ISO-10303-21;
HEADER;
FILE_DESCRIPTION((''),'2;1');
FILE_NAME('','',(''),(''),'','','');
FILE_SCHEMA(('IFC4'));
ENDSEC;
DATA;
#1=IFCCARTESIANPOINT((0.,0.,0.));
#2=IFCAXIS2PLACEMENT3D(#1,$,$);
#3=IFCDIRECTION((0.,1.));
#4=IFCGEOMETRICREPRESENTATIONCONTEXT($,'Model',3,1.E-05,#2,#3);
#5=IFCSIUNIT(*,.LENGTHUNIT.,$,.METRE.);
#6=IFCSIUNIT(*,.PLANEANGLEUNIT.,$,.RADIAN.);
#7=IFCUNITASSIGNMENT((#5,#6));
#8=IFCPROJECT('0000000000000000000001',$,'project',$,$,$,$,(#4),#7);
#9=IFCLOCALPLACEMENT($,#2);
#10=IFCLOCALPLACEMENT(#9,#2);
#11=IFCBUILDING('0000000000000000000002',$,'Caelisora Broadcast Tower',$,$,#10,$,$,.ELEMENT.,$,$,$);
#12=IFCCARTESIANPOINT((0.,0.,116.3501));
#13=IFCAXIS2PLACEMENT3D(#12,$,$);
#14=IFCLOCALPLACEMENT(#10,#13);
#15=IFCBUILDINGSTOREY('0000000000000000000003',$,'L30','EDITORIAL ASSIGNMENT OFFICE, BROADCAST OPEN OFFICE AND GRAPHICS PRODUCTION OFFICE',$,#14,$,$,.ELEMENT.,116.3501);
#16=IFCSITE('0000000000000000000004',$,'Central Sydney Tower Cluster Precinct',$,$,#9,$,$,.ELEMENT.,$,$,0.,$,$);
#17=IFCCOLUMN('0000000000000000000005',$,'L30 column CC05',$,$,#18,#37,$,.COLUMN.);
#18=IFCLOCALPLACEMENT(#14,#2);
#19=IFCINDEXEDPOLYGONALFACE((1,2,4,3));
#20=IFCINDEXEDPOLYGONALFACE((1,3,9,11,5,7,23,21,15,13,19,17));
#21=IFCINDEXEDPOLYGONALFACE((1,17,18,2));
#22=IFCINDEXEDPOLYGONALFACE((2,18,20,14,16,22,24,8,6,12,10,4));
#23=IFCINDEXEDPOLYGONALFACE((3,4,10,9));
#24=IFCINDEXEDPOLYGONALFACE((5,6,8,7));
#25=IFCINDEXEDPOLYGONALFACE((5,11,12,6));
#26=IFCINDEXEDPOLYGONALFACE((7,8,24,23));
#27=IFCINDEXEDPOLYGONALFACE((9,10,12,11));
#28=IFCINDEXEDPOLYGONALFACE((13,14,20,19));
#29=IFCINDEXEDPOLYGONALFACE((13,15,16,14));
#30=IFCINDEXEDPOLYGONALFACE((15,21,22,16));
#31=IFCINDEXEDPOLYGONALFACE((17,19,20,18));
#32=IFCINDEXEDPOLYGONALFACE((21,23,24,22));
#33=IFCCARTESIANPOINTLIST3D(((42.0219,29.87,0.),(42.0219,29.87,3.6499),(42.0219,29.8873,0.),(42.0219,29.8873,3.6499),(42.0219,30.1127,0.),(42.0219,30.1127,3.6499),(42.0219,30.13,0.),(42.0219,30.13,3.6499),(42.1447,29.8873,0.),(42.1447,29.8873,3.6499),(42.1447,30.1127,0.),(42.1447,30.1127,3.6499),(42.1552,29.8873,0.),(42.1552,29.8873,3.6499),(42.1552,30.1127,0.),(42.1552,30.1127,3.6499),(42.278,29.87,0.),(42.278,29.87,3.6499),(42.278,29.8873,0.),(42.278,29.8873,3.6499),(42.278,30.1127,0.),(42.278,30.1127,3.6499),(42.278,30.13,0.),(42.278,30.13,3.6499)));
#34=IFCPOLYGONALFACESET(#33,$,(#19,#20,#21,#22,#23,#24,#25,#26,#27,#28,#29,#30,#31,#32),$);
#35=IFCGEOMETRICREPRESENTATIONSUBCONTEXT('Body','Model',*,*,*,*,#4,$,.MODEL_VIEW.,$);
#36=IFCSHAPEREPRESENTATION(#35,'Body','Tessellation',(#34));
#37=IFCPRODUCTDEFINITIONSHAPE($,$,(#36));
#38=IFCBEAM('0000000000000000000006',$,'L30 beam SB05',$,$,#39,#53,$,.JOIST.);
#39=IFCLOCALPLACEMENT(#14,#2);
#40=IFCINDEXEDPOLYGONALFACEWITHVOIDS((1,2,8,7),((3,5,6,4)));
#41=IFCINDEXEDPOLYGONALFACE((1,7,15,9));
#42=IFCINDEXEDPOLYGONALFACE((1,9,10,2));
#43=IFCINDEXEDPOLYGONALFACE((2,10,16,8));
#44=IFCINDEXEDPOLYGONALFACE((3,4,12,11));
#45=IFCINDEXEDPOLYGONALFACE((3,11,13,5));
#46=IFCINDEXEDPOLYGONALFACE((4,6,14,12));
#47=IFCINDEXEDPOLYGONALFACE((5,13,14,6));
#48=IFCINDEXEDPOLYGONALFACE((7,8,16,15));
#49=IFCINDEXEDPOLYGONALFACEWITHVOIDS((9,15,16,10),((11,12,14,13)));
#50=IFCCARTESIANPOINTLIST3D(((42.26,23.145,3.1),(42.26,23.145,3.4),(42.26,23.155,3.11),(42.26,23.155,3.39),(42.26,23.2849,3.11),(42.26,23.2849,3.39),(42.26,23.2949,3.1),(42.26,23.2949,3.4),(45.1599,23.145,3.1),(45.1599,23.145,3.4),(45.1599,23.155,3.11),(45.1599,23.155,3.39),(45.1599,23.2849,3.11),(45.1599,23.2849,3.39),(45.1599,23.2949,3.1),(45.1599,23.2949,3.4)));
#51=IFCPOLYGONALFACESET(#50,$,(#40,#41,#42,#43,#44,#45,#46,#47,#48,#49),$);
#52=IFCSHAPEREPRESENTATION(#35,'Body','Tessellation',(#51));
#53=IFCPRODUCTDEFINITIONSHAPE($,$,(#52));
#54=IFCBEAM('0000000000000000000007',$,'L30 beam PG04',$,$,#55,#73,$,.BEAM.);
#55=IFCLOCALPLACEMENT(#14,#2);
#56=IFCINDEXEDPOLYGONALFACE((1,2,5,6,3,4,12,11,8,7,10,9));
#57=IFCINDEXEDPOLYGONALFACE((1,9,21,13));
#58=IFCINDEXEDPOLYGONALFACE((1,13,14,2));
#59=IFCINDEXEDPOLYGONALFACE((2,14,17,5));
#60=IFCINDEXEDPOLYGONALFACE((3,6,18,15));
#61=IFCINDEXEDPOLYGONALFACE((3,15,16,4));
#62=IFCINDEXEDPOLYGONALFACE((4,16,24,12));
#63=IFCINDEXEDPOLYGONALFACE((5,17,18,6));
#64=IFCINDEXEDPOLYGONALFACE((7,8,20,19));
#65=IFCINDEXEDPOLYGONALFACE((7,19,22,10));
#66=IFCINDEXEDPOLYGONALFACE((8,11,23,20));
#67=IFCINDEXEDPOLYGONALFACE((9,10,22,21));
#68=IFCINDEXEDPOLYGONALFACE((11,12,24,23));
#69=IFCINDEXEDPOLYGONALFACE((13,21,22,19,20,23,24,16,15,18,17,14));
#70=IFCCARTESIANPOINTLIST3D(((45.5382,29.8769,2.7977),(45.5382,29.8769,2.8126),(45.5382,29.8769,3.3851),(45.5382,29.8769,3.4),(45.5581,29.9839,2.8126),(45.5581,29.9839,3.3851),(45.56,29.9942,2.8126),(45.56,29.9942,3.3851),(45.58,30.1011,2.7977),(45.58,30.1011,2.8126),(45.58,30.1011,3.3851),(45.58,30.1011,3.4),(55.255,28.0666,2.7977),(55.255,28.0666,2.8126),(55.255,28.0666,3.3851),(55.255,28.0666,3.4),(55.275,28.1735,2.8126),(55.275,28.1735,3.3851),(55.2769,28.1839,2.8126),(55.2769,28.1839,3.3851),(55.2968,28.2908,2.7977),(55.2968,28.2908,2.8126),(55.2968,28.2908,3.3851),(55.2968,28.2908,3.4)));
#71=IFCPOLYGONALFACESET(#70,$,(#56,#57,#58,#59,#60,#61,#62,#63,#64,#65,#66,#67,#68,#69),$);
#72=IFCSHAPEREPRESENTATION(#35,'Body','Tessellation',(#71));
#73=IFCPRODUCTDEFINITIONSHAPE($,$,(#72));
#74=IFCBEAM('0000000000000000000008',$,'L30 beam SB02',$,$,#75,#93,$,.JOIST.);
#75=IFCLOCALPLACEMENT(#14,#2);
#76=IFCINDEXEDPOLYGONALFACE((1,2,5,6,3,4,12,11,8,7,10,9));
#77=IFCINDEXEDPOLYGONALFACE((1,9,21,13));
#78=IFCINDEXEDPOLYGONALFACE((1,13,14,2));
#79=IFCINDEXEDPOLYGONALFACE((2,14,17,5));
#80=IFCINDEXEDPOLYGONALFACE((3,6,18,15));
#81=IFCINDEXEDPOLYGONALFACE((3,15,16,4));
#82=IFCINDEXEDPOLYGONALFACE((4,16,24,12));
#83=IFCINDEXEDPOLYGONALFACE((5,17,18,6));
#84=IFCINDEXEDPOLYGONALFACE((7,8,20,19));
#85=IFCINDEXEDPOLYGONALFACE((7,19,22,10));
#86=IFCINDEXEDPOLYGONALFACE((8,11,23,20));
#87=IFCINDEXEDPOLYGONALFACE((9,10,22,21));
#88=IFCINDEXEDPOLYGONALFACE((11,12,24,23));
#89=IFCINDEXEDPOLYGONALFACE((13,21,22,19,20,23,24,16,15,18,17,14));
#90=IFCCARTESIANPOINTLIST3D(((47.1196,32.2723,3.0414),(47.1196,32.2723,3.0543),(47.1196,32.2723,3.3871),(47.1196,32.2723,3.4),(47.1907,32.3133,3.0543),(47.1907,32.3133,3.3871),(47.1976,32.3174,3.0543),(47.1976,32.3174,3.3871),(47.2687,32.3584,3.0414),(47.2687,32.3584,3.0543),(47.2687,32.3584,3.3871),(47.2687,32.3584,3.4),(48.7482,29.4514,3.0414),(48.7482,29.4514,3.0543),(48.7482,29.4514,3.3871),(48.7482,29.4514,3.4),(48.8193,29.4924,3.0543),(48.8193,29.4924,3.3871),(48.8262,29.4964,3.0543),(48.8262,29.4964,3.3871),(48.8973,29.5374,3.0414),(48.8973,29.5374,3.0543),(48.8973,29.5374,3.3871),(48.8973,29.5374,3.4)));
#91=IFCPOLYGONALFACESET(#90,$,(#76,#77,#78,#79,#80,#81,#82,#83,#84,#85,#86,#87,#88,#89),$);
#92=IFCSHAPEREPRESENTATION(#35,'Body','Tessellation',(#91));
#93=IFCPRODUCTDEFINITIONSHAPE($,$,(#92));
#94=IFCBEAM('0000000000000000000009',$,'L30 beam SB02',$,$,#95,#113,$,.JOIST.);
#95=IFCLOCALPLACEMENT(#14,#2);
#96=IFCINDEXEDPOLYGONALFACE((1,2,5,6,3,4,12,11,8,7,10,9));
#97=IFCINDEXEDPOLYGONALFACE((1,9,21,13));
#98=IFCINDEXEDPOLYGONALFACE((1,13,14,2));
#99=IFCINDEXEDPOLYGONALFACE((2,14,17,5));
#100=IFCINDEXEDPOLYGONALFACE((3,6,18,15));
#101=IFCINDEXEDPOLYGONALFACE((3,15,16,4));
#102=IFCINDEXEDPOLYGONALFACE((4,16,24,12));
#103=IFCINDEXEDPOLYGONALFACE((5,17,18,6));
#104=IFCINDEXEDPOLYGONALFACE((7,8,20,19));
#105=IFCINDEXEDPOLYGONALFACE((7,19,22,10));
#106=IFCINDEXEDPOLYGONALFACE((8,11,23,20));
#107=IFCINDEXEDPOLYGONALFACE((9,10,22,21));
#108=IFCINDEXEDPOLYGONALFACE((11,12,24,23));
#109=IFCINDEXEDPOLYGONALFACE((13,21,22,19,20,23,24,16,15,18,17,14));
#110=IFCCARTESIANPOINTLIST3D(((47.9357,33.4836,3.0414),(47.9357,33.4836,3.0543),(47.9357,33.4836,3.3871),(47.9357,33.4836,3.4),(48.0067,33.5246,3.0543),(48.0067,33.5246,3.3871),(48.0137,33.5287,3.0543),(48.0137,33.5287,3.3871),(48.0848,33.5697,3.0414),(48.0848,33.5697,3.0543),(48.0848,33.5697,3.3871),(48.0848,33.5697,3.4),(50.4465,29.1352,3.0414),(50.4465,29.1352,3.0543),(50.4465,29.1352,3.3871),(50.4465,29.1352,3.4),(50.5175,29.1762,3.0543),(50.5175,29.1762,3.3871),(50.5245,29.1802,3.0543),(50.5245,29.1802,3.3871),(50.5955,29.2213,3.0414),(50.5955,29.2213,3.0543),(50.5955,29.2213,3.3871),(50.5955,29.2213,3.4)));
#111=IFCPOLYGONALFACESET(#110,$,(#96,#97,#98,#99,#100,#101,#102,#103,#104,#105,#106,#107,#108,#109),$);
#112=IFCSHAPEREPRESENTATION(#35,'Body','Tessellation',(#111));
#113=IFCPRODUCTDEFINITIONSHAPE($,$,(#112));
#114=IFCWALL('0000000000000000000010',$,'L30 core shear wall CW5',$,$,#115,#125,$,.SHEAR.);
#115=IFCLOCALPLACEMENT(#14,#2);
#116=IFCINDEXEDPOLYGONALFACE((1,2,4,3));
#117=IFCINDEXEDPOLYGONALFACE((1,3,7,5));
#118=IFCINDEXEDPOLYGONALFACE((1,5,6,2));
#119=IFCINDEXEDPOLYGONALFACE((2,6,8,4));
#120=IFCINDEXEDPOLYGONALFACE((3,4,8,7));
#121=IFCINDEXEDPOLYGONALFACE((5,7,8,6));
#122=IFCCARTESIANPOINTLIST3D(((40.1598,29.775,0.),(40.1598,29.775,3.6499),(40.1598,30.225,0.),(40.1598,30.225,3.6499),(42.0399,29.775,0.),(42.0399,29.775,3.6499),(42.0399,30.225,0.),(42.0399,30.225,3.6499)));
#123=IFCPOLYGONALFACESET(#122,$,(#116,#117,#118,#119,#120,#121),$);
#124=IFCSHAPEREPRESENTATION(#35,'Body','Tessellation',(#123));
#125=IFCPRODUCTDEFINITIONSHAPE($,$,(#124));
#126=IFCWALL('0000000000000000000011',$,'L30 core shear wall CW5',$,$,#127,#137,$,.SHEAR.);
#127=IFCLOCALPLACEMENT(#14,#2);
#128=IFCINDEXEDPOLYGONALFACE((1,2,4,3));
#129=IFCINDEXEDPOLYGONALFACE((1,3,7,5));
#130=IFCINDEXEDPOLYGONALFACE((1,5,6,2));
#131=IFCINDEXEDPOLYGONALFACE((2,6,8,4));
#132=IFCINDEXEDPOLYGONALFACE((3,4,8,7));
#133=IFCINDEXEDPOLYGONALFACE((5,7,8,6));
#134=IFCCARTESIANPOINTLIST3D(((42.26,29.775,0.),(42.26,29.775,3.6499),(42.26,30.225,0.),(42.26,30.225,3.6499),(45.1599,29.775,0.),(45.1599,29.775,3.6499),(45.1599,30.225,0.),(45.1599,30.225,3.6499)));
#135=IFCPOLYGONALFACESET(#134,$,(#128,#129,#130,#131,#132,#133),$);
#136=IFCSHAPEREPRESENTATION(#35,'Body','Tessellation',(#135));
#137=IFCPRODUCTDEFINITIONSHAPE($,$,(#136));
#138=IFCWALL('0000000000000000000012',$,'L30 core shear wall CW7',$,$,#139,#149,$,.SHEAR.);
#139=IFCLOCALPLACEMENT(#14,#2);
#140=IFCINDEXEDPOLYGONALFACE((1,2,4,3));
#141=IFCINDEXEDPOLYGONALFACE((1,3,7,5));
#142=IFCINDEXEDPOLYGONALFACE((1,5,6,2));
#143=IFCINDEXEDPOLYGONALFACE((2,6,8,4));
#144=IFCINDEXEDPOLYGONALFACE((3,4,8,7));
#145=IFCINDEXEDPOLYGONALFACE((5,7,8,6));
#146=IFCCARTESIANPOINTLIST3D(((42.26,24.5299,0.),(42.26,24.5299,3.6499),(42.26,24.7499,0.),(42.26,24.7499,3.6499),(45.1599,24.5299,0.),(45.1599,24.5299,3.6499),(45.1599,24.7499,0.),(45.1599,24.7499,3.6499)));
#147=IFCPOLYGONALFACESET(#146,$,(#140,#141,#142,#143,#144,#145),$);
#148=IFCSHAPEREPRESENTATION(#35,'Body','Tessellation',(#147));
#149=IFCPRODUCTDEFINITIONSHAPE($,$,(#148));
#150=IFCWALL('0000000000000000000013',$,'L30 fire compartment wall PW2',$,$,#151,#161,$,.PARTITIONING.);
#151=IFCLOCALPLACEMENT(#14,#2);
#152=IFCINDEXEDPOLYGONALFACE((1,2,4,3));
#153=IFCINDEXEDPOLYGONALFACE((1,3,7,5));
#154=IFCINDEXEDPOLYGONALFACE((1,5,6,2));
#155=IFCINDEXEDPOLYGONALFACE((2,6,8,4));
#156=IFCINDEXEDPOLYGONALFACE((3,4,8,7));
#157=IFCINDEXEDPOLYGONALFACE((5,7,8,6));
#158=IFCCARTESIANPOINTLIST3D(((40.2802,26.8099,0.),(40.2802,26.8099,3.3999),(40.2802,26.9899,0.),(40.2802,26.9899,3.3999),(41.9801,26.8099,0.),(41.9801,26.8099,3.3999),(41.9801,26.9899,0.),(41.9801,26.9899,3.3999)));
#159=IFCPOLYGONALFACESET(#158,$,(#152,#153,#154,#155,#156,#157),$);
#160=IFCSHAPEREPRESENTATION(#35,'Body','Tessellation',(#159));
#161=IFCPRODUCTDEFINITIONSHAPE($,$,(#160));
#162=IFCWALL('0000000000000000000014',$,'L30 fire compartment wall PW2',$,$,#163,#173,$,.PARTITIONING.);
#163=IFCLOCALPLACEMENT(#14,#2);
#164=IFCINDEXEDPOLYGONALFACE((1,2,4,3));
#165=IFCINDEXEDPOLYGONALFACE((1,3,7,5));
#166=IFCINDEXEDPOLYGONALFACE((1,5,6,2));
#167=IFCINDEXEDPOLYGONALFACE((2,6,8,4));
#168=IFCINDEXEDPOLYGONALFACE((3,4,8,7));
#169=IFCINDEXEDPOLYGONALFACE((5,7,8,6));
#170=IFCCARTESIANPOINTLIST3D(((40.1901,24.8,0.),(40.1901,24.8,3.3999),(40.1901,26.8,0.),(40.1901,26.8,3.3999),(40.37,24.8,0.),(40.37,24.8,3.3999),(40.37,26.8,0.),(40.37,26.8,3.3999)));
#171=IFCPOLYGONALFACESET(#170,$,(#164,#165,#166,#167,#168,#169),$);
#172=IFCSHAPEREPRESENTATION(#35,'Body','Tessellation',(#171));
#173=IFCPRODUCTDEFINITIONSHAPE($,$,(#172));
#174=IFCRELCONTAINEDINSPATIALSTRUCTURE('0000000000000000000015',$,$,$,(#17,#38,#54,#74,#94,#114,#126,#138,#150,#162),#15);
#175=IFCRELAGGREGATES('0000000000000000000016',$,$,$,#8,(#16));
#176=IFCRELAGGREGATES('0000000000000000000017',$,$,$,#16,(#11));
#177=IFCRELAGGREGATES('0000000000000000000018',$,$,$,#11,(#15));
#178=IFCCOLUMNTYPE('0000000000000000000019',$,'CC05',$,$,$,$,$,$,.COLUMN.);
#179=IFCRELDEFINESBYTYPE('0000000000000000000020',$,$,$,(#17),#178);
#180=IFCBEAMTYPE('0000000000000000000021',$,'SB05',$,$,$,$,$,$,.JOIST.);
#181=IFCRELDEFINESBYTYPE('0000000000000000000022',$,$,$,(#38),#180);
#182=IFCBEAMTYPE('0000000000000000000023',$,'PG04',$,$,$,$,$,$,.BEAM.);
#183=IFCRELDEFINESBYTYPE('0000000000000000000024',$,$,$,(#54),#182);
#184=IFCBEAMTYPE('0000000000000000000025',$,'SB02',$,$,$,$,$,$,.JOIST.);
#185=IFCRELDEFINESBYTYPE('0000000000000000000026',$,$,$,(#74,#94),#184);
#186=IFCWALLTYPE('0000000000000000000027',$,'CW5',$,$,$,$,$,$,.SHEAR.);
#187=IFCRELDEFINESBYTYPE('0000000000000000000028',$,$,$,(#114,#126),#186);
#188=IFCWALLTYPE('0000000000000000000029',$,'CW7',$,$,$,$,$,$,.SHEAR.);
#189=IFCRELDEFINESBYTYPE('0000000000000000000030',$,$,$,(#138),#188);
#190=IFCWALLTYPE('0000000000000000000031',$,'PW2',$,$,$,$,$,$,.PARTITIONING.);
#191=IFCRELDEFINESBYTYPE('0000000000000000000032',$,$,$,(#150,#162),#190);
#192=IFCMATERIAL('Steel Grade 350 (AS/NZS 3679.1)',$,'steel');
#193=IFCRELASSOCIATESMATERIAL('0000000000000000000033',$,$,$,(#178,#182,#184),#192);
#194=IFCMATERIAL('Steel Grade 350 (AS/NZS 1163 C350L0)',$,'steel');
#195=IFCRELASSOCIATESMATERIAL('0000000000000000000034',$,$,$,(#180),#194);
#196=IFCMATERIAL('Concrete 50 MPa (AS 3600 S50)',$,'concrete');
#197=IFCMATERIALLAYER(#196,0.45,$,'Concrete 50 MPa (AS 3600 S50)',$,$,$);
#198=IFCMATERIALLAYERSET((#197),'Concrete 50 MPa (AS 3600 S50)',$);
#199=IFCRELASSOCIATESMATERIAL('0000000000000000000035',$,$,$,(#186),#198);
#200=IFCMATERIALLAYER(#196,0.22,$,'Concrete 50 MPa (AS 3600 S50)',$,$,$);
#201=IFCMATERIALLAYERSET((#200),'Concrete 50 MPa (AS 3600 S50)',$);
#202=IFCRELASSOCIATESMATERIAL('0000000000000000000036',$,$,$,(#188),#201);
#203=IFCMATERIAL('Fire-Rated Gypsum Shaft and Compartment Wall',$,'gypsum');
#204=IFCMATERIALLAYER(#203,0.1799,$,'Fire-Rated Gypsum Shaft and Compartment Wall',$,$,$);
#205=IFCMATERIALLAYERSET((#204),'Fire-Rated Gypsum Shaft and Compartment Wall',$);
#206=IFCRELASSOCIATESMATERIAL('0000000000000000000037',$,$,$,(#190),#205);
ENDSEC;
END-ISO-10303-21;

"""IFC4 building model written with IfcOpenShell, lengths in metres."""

from ifc_helpers import new_model, si_unit, direction, frame, frame_2d, origin, origin_2d, place, context, subcontext, project, spatial, rectangle, hollow_rectangle, i_section, extrude, source, transform, mapped, material, layer, layer_set, material_profile, profile_set, type_object, type_shapes, element, save


model = new_model("IFC4")

# Units and contexts
model_context = context("Model", 3, precision=1e-05, world=origin(), true_north=direction((0.0, 1.0)))
body_context = subcontext(model_context, "Body", "Model", "MODEL_VIEW")
ifc_project = project(units=[si_unit("LENGTHUNIT", "METRE"), si_unit("PLANEANGLEUNIT", "RADIAN")], contexts=[model_context])

# Site, building, storey
site_placement = place(None, origin())
site = spatial("IfcSite", under=ifc_project, at=site_placement, Name="Central Sydney Tower Cluster Precinct", CompositionType="ELEMENT", RefElevation=0.0)
building_placement = place(site_placement, origin())
building = spatial("IfcBuilding", under=site, at=building_placement, Name="Caelisora Broadcast Tower", CompositionType="ELEMENT")
storey_placement = place(building_placement, frame((0.0, 0.0, 116.3501)))
storey = spatial("IfcBuildingStorey", under=building, at=storey_placement, Name="L30", Description="EDITORIAL ASSIGNMENT OFFICE, BROADCAST OPEN OFFICE AND GRAPHICS PRODUCTION OFFICE", CompositionType="ELEMENT", Elevation=116.3501)

# Column
ifc_material_1 = material(Name="Steel Grade 350 (AS/NZS 3679.1)", Category="steel")
ifc_material_profile_1 = material_profile(ifc_material_1, i_section(OverallWidth=0.2561, OverallDepth=0.26, WebThickness=0.0105, FlangeThickness=0.0173, at=origin_2d()), Name="Steel Grade 350 (AS/NZS 3679.1)")
ifc_profile_set_1 = profile_set([ifc_material_profile_1], Name="Steel Grade 350 (AS/NZS 3679.1)")
column_type = type_object("IfcColumnType", Name="CC05", PredefinedType="COLUMN", material=ifc_profile_set_1)
shared_shape_1 = source(origin(), body_context, "Body", "SweptSolid", [
    extrude(i_section(OverallWidth=0.2561, OverallDepth=0.26, WebThickness=0.0105, FlangeThickness=0.0173, at=origin_2d()), origin(), (0.0, 0.0, 1.0), 3.6499),
])
type_shapes(column_type, [shared_shape_1])
column_placement = place(storey_placement, frame((42.1499, 30.0, 0.0), z_axis=(0.0, 0.0, 1.0), x_axis=(1.0, 0.0, 0.0)))
element("IfcColumn", 1, at=column_placement, inside=storey, type_object=column_type, Name="L30 column CC05", PredefinedType="COLUMN", context=body_context, shape_type="MappedRepresentation", body=[
    mapped(shared_shape_1, transform((0.0, 0.0, 0.0), scale=1.0)),
])

# Beams
ifc_material_2 = material(Name="Steel Grade 350 (AS/NZS 1163 C350L0)", Category="steel")
ifc_material_profile_2 = material_profile(ifc_material_2, hollow_rectangle(XDim=0.1499, YDim=0.3, WallThickness=0.01, at=origin_2d()), Name="Steel Grade 350 (AS/NZS 1163 C350L0)")
ifc_profile_set_2 = profile_set([ifc_material_profile_2], Name="Steel Grade 350 (AS/NZS 1163 C350L0)")
beam_type_1 = type_object("IfcBeamType", Name="SB05", PredefinedType="JOIST", material=ifc_profile_set_2)
shared_shape_2 = source(origin(), body_context, "Body", "SweptSolid", [
    extrude(hollow_rectangle(XDim=0.1499, YDim=0.3, WallThickness=0.01, at=origin_2d()), origin(), (0.0, 0.0, 1.0), 2.8999),
])
type_shapes(beam_type_1, [shared_shape_2])
beam_1_placement = place(storey_placement, frame((42.26, 23.22, 3.25), z_axis=(1.0, 0.0, 0.0), x_axis=(0.0, 1.0, 0.0)))
element("IfcBeam", 2, at=beam_1_placement, inside=storey, type_object=beam_type_1, Name="L30 beam SB05", PredefinedType="JOIST", context=body_context, shape_type="MappedRepresentation", body=[
    mapped(shared_shape_2, transform((0.0, 0.0, 0.0), scale=1.0)),
])
ifc_material_profile_3 = material_profile(ifc_material_1, i_section(OverallWidth=0.228, OverallDepth=0.6023, WebThickness=0.0105, FlangeThickness=0.0149, at=origin_2d()), Name="Steel Grade 350 (AS/NZS 3679.1)")
ifc_profile_set_3 = profile_set([ifc_material_profile_3], Name="Steel Grade 350 (AS/NZS 3679.1)")
beam_type_2 = type_object("IfcBeamType", Name="PG04", PredefinedType="BEAM", material=ifc_profile_set_3)
shared_shape_3 = source(origin(), body_context, "Body", "SweptSolid", [
    extrude(i_section(OverallWidth=0.228, OverallDepth=0.6023, WebThickness=0.0105, FlangeThickness=0.0149, at=origin_2d()), origin(), (0.0, 0.0, 1.0), 9.884),
])
type_shapes(beam_type_2, [shared_shape_3])
beam_2_placement = place(storey_placement, frame((45.5591, 29.989, 3.0989), z_axis=(0.983084, -0.183155, 0.0), x_axis=(0.183155, 0.983084, 0.0)))
element("IfcBeam", 3, at=beam_2_placement, inside=storey, type_object=beam_type_2, Name="L30 beam PG04", PredefinedType="BEAM", context=body_context, shape_type="MappedRepresentation", body=[
    mapped(shared_shape_3, transform((0.0, 0.0, 0.0), scale=1.0)),
])
ifc_material_profile_4 = material_profile(ifc_material_1, i_section(OverallWidth=0.1721, OverallDepth=0.3586, WebThickness=0.0081, FlangeThickness=0.0129, at=origin_2d()), Name="Steel Grade 350 (AS/NZS 3679.1)")
ifc_profile_set_4 = profile_set([ifc_material_profile_4], Name="Steel Grade 350 (AS/NZS 3679.1)")
beam_type_3 = type_object("IfcBeamType", Name="SB02", PredefinedType="JOIST", material=ifc_profile_set_4)
shared_shape_4 = source(origin(), body_context, "Body", "SweptSolid", [
    extrude(i_section(OverallWidth=0.1721, OverallDepth=0.3586, WebThickness=0.0081, FlangeThickness=0.0129, at=origin_2d()), origin(), (0.0, 0.0, 1.0), 3.2573),
])
beam_3_placement = place(storey_placement, frame((48.8228, 29.4944, 3.2207), z_axis=(-0.499984, 0.866035, 0.0), x_axis=(-0.866035, -0.499984, 0.0)))
element("IfcBeam", 4, at=beam_3_placement, inside=storey, type_object=beam_type_3, Name="L30 beam SB02", PredefinedType="JOIST", context=body_context, shape_type="MappedRepresentation", body=[
    mapped(shared_shape_4, transform((0.0, 0.0, 0.0), scale=1.0)),
])
shared_shape_5 = source(origin(), body_context, "Body", "SweptSolid", [
    extrude(i_section(OverallWidth=0.1721, OverallDepth=0.3586, WebThickness=0.0081, FlangeThickness=0.0129, at=origin_2d()), origin(), (0.0, 0.0, 1.0), 5.0212),
])
type_shapes(beam_type_3, [shared_shape_4, shared_shape_5])
beam_4_placement = place(storey_placement, frame((50.521, 29.1782, 3.2207), z_axis=(-0.50003, 0.866008, 0.0), x_axis=(-0.866008, -0.50003, 0.0)))
element("IfcBeam", 5, at=beam_4_placement, inside=storey, type_object=beam_type_3, Name="L30 beam SB02", PredefinedType="JOIST", context=body_context, shape_type="MappedRepresentation", body=[
    mapped(shared_shape_5, transform((0.0, 0.0, 0.0), scale=1.0)),
])

# Walls
ifc_material_3 = material(Name="Concrete 50 MPa (AS 3600 S50)", Category="concrete")
ifc_layer_1 = layer(ifc_material_3, 0.45, Name="Concrete 50 MPa (AS 3600 S50)")
ifc_layer_set_1 = layer_set([ifc_layer_1], Name="Concrete 50 MPa (AS 3600 S50)")
wall_type_1 = type_object("IfcWallType", Name="CW5", PredefinedType="SHEAR", material=ifc_layer_set_1)
wall_1_placement = place(storey_placement, frame((40.1599, 30.0, 0.0), z_axis=(0.0, 0.0, 1.0), x_axis=(1.0, 0.0, 0.0)))
element("IfcWall", 6, at=wall_1_placement, inside=storey, type_object=wall_type_1, Name="L30 core shear wall CW5", PredefinedType="SHEAR", context=body_context, shape_type="SweptSolid", body=[
    extrude(rectangle(XDim=1.8801, YDim=0.45, at=frame_2d((0.9399, 0.0))), origin(), (0.0, 0.0, 1.0), 3.6499),
])
wall_2_placement = place(storey_placement, frame((42.26, 30.0, 0.0), z_axis=(0.0, 0.0, 1.0), x_axis=(1.0, 0.0, 0.0)))
element("IfcWall", 7, at=wall_2_placement, inside=storey, type_object=wall_type_1, Name="L30 core shear wall CW5", PredefinedType="SHEAR", context=body_context, shape_type="SweptSolid", body=[
    extrude(rectangle(XDim=2.8999, YDim=0.45, at=frame_2d((1.45, 0.0))), origin(), (0.0, 0.0, 1.0), 3.6499),
])
ifc_layer_2 = layer(ifc_material_3, 0.22, Name="Concrete 50 MPa (AS 3600 S50)")
ifc_layer_set_2 = layer_set([ifc_layer_2], Name="Concrete 50 MPa (AS 3600 S50)")
wall_type_2 = type_object("IfcWallType", Name="CW7", PredefinedType="SHEAR", material=ifc_layer_set_2)
wall_3_placement = place(storey_placement, frame((42.26, 24.6399, 0.0), z_axis=(0.0, 0.0, 1.0), x_axis=(1.0, 0.0, 0.0)))
element("IfcWall", 8, at=wall_3_placement, inside=storey, type_object=wall_type_2, Name="L30 core shear wall CW7", PredefinedType="SHEAR", context=body_context, shape_type="SweptSolid", body=[
    extrude(rectangle(XDim=2.8999, YDim=0.22, at=frame_2d((1.45, 0.0))), origin(), (0.0, 0.0, 1.0), 3.6499),
])
ifc_material_4 = material(Name="Fire-Rated Gypsum Shaft and Compartment Wall", Category="gypsum")
ifc_layer_3 = layer(ifc_material_4, 0.1799, Name="Fire-Rated Gypsum Shaft and Compartment Wall")
ifc_layer_set_3 = layer_set([ifc_layer_3], Name="Fire-Rated Gypsum Shaft and Compartment Wall")
wall_type_3 = type_object("IfcWallType", Name="PW2", PredefinedType="PARTITIONING", material=ifc_layer_set_3)
wall_4_placement = place(storey_placement, frame((40.28, 26.8999, 0.0), z_axis=(0.0, 0.0, 1.0), x_axis=(1.0, 0.0, 0.0)))
element("IfcWall", 9, at=wall_4_placement, inside=storey, type_object=wall_type_3, Name="L30 fire compartment wall PW2", PredefinedType="PARTITIONING", context=body_context, shape_type="SweptSolid", body=[
    extrude(rectangle(XDim=1.7, YDim=0.1799, at=frame_2d((0.8501, 0.0))), origin(), (0.0, 0.0, 1.0), 3.3999),
])
wall_5_placement = place(storey_placement, frame((40.28, 24.8, 0.0), z_axis=(0.0, 0.0, 1.0), x_axis=(0.0, 1.0, 0.0)))
element("IfcWall", 10, at=wall_5_placement, inside=storey, type_object=wall_type_3, Name="L30 fire compartment wall PW2", PredefinedType="PARTITIONING", context=body_context, shape_type="SweptSolid", body=[
    extrude(rectangle(XDim=2.0, YDim=0.1799, at=frame_2d((1.0, 0.0))), origin(), (0.0, 0.0, 1.0), 3.3999),
])

save(model, "model.ifc")
